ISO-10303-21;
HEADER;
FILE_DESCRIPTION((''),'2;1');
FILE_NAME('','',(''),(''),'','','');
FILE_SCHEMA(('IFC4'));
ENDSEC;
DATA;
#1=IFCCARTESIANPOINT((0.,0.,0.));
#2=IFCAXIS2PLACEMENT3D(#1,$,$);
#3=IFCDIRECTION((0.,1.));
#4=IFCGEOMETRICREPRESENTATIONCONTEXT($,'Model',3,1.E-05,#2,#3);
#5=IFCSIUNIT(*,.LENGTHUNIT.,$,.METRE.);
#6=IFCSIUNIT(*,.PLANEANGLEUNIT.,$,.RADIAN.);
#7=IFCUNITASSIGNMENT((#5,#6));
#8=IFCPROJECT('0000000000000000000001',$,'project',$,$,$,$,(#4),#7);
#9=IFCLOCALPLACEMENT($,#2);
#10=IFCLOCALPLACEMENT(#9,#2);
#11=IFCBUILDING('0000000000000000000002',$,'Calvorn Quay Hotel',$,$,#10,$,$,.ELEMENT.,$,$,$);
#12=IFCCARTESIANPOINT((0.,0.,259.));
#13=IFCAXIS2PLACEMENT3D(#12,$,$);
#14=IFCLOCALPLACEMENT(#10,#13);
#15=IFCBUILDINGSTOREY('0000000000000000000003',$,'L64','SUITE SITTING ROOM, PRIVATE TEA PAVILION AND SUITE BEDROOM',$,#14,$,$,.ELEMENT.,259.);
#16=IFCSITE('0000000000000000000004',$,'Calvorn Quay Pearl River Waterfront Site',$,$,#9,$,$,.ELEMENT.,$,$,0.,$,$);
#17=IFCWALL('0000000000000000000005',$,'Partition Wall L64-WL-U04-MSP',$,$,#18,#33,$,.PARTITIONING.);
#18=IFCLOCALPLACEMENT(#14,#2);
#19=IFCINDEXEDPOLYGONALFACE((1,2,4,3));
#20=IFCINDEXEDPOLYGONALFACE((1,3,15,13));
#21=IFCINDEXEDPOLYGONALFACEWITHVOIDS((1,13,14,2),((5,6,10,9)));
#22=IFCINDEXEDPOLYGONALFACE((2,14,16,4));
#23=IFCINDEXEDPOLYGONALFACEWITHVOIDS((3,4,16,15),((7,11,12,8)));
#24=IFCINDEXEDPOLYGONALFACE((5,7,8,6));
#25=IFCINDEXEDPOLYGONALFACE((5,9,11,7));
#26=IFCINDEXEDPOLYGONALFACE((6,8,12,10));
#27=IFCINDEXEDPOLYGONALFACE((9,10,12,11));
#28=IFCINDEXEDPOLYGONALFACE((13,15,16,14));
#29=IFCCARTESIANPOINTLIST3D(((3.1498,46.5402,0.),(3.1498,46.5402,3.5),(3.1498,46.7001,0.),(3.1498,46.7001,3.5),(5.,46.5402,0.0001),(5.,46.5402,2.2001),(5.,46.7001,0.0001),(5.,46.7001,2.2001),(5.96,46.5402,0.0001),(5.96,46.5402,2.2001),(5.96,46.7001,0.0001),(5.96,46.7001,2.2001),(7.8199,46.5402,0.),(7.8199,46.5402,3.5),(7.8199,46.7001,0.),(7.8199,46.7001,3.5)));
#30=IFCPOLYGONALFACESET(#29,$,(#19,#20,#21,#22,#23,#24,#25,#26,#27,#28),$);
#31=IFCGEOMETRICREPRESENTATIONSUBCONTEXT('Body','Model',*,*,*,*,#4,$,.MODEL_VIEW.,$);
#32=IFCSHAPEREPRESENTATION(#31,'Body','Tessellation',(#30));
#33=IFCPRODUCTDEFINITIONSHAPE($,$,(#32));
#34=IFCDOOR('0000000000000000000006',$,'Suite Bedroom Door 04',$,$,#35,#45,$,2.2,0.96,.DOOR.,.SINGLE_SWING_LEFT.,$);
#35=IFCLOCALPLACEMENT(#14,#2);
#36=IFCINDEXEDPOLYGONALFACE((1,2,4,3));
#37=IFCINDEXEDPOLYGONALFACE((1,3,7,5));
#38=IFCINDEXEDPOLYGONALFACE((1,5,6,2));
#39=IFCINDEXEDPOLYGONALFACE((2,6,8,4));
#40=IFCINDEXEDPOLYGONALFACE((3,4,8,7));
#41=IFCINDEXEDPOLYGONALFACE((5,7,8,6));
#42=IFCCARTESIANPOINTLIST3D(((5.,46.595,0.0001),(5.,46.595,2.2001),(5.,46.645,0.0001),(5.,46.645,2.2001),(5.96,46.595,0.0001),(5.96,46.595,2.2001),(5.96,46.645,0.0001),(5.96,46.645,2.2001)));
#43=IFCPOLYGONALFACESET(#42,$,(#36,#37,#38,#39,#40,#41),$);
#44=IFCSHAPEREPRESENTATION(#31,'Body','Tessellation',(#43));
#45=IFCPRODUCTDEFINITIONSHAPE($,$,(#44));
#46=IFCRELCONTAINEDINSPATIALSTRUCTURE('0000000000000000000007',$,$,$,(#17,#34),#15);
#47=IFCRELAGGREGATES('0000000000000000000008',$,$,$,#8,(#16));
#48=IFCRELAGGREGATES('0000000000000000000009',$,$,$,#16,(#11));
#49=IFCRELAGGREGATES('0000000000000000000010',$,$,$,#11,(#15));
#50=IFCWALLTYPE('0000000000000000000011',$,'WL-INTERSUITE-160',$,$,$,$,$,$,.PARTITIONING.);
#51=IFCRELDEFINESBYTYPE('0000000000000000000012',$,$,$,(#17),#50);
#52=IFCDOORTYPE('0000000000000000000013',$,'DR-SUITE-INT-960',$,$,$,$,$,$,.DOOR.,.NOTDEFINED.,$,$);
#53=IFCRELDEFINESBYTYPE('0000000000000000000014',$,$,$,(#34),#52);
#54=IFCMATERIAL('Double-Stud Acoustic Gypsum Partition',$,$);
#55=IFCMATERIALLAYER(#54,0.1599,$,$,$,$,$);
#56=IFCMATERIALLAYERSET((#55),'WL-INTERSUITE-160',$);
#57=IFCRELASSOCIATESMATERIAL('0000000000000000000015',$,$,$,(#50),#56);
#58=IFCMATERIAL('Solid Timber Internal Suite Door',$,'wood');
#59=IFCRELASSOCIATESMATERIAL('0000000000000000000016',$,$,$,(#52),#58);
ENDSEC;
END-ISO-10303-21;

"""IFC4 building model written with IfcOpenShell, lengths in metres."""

from ifc_helpers import new_model, si_unit, direction, frame, frame_2d, origin, place, context, subcontext, project, spatial, rectangle, extrude, material, layer, layer_set, type_object, element, fill, save


model = new_model("IFC4")

# Units and contexts
model_context = context("Model", 3, precision=1e-05, world=origin(), true_north=direction((0.0, 1.0)))
body_context = subcontext(model_context, "Body", "Model", "MODEL_VIEW")
ifc_project = project(units=[si_unit("LENGTHUNIT", "METRE"), si_unit("PLANEANGLEUNIT", "RADIAN")], contexts=[model_context])

# Site, building, storey
site_placement = place(None, origin())
site = spatial("IfcSite", under=ifc_project, at=site_placement, Name="Calvorn Quay Pearl River Waterfront Site", CompositionType="ELEMENT", RefElevation=0.0)
building_placement = place(site_placement, origin())
building = spatial("IfcBuilding", under=site, at=building_placement, Name="Calvorn Quay Hotel", CompositionType="ELEMENT")
storey_placement = place(building_placement, frame((0.0, 0.0, 259.0)))
storey = spatial("IfcBuildingStorey", under=building, at=storey_placement, Name="L64", Description="SUITE SITTING ROOM, PRIVATE TEA PAVILION AND SUITE BEDROOM", CompositionType="ELEMENT", Elevation=259.0)

# Wall, opening, door
ifc_material_1 = material(Name="Double-Stud Acoustic Gypsum Partition")
ifc_layer_1 = layer(ifc_material_1, 0.1599)
ifc_layer_set_1 = layer_set([ifc_layer_1], Name="WL-INTERSUITE-160")
wall_type_1 = type_object("IfcWallType", Name="WL-INTERSUITE-160", PredefinedType="PARTITIONING", material=ifc_layer_set_1)
wall_1_placement = place(storey_placement, frame((3.1499, 46.6201, 0.0), z_axis=(0.0, 0.0, 1.0), x_axis=(1.0, 0.0, 0.0)))
wall_1 = element("IfcWall", 1, at=wall_1_placement, inside=storey, type_object=wall_type_1, Name="Partition Wall L64-WL-U04-MSP", PredefinedType="PARTITIONING", context=body_context, shape_type="SweptSolid", body=[
    extrude(rectangle(XDim=4.6702, YDim=0.1599, at=frame_2d((2.335, 0.0))), origin(), (0.0, 0.0, 1.0), 3.5),
])
opening_placement = place(wall_1_placement, frame((1.8501, 0.0, 0.0)))
opening = element("IfcOpeningElement", 2, at=opening_placement, cuts=wall_1, PredefinedType="OPENING", context=body_context, shape_type="SweptSolid", body=[
    extrude(rectangle(XDim=0.96, YDim=2.2, at=frame_2d((0.48, 1.1001))), frame((0.0, 0.0898, 0.0), z_axis=(0.0, -1.0, 0.0), x_axis=(1.0, 0.0, 0.0)), (0.0, 0.0, 1.0), 0.1799),
])
ifc_material_2 = material(Name="Solid Timber Internal Suite Door", Category="wood")
door_type = type_object("IfcDoorType", Name="DR-SUITE-INT-960", OperationType="NOTDEFINED", PredefinedType="DOOR", material=ifc_material_2)
door_placement = place(opening_placement, origin())
door = element("IfcDoor", 3, at=door_placement, inside=storey, type_object=door_type, Name="Suite Bedroom Door 04", OperationType="SINGLE_SWING_LEFT", OverallHeight=2.2, OverallWidth=0.96, PredefinedType="DOOR", context=body_context, shape_type="SweptSolid", body=[
    extrude(rectangle(XDim=0.96, YDim=2.2, at=frame_2d((0.48, 1.1001))), frame((0.0, 0.0249, 0.0), z_axis=(0.0, -1.0, 0.0), x_axis=(1.0, 0.0, 0.0)), (0.0, 0.0, 1.0), 0.05),
])
fill(opening, door)

save(model, "model.ifc")
